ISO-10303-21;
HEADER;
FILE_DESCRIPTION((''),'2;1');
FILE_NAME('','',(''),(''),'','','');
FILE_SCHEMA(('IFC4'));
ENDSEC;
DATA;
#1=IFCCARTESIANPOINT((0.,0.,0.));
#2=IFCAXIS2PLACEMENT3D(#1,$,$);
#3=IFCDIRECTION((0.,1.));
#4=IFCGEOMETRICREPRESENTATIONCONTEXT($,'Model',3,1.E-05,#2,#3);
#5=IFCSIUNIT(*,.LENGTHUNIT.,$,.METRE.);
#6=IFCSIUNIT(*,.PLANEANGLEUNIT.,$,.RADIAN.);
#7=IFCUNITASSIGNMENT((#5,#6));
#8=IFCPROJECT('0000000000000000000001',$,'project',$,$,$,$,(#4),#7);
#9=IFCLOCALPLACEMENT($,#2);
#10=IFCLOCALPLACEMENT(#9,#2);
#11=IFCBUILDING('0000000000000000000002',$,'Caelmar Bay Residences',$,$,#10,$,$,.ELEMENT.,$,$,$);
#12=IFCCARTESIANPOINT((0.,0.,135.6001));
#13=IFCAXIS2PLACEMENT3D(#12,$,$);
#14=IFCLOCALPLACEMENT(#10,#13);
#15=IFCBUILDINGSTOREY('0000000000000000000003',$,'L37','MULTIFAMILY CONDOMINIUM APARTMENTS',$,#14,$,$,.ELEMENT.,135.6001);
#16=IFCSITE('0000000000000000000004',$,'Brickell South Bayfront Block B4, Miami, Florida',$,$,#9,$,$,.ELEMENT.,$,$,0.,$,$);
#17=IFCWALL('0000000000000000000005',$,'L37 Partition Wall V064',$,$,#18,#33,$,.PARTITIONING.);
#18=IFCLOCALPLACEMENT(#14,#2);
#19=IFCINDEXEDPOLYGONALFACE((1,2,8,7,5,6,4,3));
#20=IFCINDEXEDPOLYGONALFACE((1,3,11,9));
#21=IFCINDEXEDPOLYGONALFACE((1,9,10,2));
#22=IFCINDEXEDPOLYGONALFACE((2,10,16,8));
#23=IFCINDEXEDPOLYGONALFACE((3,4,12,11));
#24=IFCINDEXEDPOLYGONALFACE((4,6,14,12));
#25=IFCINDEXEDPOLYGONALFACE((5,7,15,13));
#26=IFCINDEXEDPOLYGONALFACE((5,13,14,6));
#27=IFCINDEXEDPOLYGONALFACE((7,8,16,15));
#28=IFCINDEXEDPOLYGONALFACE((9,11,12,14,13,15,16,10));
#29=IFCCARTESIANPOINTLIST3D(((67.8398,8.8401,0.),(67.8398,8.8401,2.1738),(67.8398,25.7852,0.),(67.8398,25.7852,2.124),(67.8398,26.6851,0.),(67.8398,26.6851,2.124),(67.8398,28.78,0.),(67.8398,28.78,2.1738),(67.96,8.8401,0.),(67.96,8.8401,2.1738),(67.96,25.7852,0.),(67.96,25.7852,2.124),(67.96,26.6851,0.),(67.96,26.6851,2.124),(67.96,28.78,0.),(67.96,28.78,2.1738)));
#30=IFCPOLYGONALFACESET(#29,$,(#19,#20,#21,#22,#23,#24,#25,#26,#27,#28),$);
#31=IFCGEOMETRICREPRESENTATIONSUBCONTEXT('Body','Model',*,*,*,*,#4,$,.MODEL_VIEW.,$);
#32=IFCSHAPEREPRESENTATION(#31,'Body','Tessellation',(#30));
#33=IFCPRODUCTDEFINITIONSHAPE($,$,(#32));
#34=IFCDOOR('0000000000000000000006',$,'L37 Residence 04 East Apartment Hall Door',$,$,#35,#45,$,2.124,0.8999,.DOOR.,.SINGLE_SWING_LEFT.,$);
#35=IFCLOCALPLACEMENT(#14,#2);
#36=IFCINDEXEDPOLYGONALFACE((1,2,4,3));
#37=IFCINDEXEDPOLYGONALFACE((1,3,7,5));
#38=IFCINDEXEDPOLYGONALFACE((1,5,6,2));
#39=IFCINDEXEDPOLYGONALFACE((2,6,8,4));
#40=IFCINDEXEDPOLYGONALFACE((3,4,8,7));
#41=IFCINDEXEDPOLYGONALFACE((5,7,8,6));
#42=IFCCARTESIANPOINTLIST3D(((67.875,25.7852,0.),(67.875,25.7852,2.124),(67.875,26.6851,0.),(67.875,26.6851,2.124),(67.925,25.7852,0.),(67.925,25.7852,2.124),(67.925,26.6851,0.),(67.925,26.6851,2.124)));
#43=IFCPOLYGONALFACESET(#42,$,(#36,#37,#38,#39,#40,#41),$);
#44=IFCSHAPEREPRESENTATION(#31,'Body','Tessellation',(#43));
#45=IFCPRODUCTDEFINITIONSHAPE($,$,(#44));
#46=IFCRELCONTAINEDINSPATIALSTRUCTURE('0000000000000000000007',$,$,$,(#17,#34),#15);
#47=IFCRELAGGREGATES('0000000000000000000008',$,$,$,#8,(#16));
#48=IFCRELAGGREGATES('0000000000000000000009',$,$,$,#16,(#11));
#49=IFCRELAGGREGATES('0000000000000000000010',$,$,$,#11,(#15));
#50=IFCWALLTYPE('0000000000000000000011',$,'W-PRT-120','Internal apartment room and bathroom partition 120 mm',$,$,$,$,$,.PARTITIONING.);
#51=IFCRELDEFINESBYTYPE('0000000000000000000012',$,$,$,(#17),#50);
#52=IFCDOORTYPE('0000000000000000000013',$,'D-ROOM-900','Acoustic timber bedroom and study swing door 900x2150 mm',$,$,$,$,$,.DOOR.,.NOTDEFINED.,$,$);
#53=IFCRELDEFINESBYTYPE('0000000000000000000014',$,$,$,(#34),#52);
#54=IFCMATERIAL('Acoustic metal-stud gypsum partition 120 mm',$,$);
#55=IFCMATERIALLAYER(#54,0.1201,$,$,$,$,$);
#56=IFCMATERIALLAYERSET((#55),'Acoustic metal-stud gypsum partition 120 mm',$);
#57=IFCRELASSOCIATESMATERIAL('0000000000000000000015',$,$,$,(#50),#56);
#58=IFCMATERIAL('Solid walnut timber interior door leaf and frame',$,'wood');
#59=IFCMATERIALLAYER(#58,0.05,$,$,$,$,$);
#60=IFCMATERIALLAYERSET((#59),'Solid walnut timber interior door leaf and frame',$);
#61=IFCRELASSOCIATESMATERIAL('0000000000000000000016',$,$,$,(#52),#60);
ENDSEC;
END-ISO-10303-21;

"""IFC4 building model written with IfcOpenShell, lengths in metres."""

from ifc_helpers import new_model, si_unit, direction, frame, frame_2d, origin, place, context, subcontext, project, spatial, rectangle, extrude, material, layer, layer_set, type_object, element, fill, save


model = new_model("IFC4")

# Units and contexts
model_context = context("Model", 3, precision=1e-05, world=origin(), true_north=direction((0.0, 1.0)))
body_context = subcontext(model_context, "Body", "Model", "MODEL_VIEW")
ifc_project = project(units=[si_unit("LENGTHUNIT", "METRE"), si_unit("PLANEANGLEUNIT", "RADIAN")], contexts=[model_context])

# Site, building, storey
site_placement = place(None, origin())
site = spatial("IfcSite", under=ifc_project, at=site_placement, Name="Brickell South Bayfront Block B4, Miami, Florida", CompositionType="ELEMENT", RefElevation=0.0)
building_placement = place(site_placement, origin())
building = spatial("IfcBuilding", under=site, at=building_placement, Name="Caelmar Bay Residences", CompositionType="ELEMENT")
storey_placement = place(building_placement, frame((0.0, 0.0, 135.6001)))
storey = spatial("IfcBuildingStorey", under=building, at=storey_placement, Name="L37", Description="MULTIFAMILY CONDOMINIUM APARTMENTS", CompositionType="ELEMENT", Elevation=135.6001)

# Shared definitions
ifc_material_1 = material(Name="Acoustic metal-stud gypsum partition 120 mm")
ifc_layer_1 = layer(ifc_material_1, 0.1201)
ifc_layer_set_1 = layer_set([ifc_layer_1], Name="Acoustic metal-stud gypsum partition 120 mm")
wall_type_1 = type_object("IfcWallType", Name="W-PRT-120", Description="Internal apartment room and bathroom partition 120 mm", PredefinedType="PARTITIONING", material=ifc_layer_set_1)

# Wall, opening, door
wall_1_placement = place(storey_placement, frame((67.8999, 8.8401, 0.0), z_axis=(0.0, 0.0, 1.0), x_axis=(0.0, 1.0, 0.0)))
wall_1 = element("IfcWall", 1, at=wall_1_placement, inside=storey, type_object=wall_type_1, Name="L37 Partition Wall V064", PredefinedType="PARTITIONING", context=body_context, shape_type="SweptSolid", body=[
    extrude(rectangle(XDim=19.9399, YDim=0.1201, at=frame_2d((9.97, 0.0))), origin(), (0.0, 0.0, 1.0), 2.1738),
])
opening_1_placement = place(wall_1_placement, frame((16.9451, 0.0, 0.0)))
opening_1 = element("IfcOpeningElement", 2, at=opening_1_placement, cuts=wall_1, PredefinedType="OPENING", context=body_context, shape_type="SweptSolid", body=[
    extrude(rectangle(XDim=0.8999, YDim=2.124, at=frame_2d((0.45, 1.062))), frame((0.0, 0.0701, 0.0), z_axis=(0.0, -1.0, 0.0), x_axis=(1.0, 0.0, 0.0)), (0.0, 0.0, 1.0), 0.1401),
])
ifc_material_2 = material(Name="Solid walnut timber interior door leaf and frame", Category="wood")
ifc_layer_2 = layer(ifc_material_2, 0.05)
ifc_layer_set_2 = layer_set([ifc_layer_2], Name="Solid walnut timber interior door leaf and frame")
door_type_1 = type_object("IfcDoorType", Name="D-ROOM-900", Description="Acoustic timber bedroom and study swing door 900x2150 mm", OperationType="NOTDEFINED", PredefinedType="DOOR", material=ifc_layer_set_2)
door_1_placement = place(opening_1_placement, origin())
door_1 = element("IfcDoor", 3, at=door_1_placement, inside=storey, type_object=door_type_1, Name="L37 Residence 04 East Apartment Hall Door", OperationType="SINGLE_SWING_LEFT", OverallHeight=2.124, OverallWidth=0.8999, PredefinedType="DOOR", context=body_context, shape_type="SweptSolid", body=[
    extrude(rectangle(XDim=0.8999, YDim=2.124, at=frame_2d((0.45, 1.062))), frame((0.0, 0.0249, 0.0), z_axis=(0.0, -1.0, 0.0), x_axis=(1.0, 0.0, 0.0)), (0.0, 0.0, 1.0), 0.05),
])
fill(opening_1, door_1)

save(model, "model.ifc")
